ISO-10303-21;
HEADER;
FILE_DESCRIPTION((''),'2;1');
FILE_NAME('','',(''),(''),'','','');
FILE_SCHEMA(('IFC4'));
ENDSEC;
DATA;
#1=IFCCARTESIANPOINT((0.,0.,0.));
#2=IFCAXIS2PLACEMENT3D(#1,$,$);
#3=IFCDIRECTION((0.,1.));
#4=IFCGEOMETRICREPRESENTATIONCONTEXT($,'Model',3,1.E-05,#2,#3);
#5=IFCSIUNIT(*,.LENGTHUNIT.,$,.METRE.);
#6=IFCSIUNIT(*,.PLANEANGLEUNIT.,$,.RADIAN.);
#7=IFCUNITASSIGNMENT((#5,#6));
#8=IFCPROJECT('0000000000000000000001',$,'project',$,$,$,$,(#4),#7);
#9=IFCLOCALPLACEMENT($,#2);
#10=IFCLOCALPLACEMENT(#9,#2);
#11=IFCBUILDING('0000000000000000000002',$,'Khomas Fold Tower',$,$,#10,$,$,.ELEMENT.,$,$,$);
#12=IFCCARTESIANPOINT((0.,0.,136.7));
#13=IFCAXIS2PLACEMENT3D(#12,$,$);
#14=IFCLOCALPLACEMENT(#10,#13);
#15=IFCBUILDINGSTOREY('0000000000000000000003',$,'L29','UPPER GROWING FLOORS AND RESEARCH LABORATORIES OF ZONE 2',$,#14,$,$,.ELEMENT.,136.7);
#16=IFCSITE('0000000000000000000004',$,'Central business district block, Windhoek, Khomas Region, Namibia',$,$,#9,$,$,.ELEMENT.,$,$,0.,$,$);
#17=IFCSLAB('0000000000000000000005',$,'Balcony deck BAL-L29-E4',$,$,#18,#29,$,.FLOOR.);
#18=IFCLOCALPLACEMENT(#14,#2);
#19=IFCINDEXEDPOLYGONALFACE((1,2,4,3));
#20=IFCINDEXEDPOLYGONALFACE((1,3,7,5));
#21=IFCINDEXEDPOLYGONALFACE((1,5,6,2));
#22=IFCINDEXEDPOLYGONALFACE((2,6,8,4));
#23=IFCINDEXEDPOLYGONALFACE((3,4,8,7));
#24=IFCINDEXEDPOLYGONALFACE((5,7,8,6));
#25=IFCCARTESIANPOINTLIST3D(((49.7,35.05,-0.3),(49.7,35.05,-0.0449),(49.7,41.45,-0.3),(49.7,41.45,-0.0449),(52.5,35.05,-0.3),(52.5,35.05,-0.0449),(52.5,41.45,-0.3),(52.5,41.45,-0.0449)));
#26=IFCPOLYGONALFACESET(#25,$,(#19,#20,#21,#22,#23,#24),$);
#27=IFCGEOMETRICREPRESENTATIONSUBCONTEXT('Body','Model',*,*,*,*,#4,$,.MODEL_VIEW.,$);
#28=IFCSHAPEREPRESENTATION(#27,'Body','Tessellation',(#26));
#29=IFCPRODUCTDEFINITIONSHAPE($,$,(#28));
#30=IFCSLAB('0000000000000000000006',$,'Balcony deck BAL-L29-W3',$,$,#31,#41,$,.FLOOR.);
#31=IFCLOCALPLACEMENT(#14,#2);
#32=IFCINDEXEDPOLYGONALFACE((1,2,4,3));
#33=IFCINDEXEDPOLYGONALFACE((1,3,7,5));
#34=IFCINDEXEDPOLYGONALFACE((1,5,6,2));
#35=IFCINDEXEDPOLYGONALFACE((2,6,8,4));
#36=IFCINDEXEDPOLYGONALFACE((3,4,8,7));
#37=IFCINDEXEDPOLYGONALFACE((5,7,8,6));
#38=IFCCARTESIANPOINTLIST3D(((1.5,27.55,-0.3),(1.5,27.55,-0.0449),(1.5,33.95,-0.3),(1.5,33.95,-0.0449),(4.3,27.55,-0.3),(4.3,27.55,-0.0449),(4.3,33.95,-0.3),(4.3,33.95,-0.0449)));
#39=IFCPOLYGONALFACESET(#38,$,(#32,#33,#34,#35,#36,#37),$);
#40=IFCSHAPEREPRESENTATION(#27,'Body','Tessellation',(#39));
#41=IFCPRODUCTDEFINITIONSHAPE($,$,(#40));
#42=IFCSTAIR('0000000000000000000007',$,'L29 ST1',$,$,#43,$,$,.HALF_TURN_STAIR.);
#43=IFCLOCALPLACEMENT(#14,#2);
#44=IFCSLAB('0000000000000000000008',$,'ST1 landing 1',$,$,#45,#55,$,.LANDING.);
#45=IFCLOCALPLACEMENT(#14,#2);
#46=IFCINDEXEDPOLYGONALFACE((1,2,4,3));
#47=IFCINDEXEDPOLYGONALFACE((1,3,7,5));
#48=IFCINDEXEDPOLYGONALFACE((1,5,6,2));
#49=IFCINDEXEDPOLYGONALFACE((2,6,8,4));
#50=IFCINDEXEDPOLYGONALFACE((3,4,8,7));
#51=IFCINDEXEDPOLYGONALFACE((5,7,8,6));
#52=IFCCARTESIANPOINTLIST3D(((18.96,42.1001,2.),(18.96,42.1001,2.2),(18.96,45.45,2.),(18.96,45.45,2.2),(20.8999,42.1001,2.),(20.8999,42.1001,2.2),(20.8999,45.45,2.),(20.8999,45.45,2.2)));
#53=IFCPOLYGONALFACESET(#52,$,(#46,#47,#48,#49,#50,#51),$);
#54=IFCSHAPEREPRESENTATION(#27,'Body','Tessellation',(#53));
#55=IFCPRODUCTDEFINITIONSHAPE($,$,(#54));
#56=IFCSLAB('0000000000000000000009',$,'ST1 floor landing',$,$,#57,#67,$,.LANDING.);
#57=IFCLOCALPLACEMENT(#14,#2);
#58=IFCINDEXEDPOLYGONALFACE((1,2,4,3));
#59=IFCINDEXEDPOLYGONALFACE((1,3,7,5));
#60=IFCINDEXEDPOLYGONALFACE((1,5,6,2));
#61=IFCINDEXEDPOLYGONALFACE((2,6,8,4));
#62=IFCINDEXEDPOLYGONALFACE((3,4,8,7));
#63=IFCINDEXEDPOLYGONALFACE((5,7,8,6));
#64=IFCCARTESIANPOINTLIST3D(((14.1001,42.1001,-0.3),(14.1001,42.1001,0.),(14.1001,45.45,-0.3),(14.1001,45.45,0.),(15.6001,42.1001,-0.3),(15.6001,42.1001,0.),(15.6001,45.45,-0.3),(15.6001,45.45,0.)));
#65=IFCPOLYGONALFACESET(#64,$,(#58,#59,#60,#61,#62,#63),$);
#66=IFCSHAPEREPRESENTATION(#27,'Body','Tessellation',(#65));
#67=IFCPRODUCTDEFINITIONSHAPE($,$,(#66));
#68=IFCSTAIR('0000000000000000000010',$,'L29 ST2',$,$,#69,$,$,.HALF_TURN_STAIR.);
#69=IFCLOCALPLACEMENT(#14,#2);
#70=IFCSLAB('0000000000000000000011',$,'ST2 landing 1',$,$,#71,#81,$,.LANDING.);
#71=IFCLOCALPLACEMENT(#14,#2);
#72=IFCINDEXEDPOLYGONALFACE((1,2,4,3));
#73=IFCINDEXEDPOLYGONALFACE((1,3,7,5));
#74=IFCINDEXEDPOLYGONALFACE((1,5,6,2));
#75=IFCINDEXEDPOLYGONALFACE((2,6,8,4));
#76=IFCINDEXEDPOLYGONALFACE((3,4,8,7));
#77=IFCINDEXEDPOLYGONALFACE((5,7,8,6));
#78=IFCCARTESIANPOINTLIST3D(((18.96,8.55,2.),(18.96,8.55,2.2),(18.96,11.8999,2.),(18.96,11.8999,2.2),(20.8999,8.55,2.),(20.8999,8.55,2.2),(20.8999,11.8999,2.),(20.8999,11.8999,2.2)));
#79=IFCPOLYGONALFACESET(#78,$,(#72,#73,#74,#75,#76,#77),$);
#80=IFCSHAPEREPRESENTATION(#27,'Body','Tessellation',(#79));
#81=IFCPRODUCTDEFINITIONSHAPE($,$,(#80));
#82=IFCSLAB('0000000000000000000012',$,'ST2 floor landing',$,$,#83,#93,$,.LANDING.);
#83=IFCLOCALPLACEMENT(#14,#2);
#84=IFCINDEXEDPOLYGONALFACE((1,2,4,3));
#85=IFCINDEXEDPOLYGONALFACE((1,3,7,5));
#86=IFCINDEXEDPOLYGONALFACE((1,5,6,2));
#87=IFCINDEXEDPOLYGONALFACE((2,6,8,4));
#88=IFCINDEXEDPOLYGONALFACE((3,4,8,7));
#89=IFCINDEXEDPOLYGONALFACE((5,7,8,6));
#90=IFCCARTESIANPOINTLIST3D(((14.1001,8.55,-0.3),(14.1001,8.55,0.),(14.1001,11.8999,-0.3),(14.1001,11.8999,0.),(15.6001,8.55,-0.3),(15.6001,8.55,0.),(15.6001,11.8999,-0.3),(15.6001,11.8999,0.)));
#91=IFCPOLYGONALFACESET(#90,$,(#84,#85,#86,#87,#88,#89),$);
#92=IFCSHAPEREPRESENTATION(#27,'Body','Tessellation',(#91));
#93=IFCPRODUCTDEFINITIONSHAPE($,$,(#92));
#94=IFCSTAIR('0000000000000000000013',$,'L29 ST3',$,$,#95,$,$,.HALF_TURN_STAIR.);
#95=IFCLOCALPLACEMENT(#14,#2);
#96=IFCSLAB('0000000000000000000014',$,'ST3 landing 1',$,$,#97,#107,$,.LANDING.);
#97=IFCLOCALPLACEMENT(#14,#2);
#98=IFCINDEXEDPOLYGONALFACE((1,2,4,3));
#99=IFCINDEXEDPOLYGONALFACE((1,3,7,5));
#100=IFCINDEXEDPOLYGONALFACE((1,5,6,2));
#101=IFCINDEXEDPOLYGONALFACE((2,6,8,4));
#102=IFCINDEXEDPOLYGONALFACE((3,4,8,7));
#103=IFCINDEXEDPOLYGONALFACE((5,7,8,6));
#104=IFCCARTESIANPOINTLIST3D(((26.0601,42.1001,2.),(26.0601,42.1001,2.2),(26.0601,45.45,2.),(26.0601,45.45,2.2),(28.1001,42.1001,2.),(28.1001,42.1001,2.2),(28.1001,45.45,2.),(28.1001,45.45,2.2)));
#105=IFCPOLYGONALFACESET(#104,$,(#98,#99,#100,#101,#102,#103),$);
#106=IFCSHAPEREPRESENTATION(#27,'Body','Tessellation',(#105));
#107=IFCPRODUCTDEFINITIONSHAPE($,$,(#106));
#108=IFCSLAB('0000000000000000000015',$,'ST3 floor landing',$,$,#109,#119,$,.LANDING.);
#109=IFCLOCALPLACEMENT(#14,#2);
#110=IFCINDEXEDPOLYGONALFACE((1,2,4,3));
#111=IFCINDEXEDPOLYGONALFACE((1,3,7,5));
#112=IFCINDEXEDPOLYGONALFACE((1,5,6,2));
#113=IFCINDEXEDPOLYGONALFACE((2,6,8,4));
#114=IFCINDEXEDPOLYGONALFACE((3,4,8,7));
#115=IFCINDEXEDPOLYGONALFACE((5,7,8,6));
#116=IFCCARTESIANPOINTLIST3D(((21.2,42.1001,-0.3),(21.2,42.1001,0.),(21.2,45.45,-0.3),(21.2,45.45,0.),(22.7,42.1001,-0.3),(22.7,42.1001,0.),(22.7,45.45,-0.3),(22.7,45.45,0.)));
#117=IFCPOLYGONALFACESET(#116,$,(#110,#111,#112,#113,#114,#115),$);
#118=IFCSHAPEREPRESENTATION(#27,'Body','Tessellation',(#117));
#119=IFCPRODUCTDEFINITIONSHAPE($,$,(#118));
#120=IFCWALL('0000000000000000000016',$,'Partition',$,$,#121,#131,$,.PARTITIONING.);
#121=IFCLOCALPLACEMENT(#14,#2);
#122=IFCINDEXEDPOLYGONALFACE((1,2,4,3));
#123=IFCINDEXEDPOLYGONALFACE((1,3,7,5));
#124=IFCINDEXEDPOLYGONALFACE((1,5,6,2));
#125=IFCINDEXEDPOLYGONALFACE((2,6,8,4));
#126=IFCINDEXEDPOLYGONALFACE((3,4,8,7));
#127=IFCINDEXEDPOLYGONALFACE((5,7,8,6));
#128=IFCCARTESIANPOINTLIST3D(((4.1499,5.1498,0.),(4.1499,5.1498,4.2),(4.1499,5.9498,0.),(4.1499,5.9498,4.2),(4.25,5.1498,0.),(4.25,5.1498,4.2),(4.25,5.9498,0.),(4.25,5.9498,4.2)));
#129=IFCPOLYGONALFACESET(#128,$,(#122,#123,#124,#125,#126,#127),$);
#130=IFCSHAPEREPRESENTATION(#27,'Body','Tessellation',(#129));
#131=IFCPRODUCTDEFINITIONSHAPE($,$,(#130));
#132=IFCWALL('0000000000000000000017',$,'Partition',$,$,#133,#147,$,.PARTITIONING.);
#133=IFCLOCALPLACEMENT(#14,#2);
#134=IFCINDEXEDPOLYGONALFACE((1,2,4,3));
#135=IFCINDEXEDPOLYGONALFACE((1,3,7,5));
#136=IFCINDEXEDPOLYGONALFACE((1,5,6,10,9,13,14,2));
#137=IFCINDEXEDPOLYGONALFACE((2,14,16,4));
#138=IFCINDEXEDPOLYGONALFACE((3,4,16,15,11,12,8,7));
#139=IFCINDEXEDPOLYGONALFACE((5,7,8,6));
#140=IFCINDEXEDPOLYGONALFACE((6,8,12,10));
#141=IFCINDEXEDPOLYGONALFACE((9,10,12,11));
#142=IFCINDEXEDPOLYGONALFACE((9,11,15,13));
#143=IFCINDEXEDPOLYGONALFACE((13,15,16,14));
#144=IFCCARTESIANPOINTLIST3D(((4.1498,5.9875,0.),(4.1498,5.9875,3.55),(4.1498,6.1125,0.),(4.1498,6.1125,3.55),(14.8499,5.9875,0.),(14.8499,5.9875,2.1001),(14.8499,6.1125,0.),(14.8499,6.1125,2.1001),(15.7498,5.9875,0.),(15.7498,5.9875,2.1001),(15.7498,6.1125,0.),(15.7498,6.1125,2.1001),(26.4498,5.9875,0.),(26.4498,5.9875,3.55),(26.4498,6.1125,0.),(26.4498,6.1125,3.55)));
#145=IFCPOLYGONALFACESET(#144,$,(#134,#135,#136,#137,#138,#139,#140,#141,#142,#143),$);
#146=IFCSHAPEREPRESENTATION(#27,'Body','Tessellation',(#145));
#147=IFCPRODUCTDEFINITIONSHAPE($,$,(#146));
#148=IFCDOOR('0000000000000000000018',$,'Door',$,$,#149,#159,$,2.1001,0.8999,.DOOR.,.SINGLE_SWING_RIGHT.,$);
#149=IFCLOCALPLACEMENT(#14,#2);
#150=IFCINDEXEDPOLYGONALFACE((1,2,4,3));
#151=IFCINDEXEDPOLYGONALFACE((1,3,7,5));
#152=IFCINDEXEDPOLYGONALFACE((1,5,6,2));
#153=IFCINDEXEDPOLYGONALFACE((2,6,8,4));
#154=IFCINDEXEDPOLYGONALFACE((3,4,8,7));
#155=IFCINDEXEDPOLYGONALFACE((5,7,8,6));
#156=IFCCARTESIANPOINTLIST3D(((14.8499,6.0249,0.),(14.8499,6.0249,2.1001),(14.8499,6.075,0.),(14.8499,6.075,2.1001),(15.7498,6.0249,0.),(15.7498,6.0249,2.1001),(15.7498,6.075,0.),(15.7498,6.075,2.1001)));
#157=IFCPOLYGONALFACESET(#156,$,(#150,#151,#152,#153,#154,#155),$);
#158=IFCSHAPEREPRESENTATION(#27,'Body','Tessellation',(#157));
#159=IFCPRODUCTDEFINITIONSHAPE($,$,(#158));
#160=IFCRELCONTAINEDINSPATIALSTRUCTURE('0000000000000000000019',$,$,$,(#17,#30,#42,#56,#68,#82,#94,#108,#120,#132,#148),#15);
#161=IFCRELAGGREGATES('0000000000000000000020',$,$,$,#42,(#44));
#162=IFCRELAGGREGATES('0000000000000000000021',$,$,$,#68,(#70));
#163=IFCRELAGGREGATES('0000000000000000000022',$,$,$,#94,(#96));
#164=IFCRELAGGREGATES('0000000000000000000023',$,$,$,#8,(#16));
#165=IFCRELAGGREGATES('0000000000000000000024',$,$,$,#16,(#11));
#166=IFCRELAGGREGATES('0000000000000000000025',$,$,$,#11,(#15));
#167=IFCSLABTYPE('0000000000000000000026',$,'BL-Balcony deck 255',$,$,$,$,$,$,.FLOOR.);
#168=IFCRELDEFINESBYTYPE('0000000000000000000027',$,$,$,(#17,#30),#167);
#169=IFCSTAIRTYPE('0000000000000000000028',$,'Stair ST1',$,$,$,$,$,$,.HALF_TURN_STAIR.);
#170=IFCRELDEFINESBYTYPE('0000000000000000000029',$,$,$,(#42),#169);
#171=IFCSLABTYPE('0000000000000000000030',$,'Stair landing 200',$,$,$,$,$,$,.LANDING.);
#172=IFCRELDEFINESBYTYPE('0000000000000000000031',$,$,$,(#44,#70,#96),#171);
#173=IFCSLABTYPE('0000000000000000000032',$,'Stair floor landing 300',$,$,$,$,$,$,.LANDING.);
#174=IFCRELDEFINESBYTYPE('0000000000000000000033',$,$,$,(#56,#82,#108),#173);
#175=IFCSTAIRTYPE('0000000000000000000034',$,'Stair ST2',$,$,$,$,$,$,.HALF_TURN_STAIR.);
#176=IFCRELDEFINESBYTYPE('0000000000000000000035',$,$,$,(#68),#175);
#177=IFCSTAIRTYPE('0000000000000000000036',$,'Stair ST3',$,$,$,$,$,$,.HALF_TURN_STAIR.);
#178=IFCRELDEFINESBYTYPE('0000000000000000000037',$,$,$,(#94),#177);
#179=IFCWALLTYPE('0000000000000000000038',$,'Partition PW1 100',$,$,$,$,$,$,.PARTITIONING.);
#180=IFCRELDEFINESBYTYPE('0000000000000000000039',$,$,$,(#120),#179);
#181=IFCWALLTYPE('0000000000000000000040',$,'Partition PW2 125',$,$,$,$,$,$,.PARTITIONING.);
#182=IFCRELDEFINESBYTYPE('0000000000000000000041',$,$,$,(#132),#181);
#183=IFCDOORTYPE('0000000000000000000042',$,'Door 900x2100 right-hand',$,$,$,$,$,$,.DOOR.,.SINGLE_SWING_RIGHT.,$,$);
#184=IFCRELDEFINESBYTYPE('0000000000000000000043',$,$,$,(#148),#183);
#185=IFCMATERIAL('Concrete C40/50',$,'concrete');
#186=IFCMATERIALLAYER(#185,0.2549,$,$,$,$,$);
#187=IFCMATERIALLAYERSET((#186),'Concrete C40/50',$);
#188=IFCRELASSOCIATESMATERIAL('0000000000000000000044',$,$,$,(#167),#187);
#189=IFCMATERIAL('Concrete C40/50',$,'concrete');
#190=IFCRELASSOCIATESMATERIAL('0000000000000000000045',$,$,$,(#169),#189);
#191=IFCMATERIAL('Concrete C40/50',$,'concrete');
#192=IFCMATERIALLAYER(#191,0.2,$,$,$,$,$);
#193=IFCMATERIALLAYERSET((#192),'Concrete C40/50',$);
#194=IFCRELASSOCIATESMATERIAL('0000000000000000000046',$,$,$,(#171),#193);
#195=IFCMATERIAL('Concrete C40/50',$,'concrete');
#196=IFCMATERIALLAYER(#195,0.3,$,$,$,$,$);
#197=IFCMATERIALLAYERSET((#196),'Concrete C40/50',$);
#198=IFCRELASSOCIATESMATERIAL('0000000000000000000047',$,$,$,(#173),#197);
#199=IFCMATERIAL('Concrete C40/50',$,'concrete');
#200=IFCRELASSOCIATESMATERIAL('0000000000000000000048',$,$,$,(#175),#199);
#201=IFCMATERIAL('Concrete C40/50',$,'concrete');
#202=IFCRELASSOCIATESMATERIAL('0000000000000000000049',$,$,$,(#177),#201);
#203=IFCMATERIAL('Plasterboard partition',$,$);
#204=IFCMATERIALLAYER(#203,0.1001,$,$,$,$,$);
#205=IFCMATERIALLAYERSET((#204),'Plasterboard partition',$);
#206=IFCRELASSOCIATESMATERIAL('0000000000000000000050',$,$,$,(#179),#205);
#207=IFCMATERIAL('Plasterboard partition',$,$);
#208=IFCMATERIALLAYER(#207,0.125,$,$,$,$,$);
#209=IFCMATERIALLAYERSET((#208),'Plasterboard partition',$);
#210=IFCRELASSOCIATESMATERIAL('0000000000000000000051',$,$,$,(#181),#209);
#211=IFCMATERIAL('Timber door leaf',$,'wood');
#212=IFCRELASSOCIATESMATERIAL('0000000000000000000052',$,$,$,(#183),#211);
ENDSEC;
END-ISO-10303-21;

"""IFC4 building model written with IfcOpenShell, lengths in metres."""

from ifc_helpers import new_model, si_unit, direction, frame, frame_2d, origin, place, context, subcontext, project, spatial, polyline, rectangle, outline, extrude, source, transform, mapped, material, layer, layer_set, type_object, element, fill, aggregate, save


model = new_model("IFC4")

# Units and contexts
model_context = context("Model", 3, precision=1e-05, world=origin(), true_north=direction((0.0, 1.0)))
body_context = subcontext(model_context, "Body", "Model", "MODEL_VIEW")
ifc_project = project(units=[si_unit("LENGTHUNIT", "METRE"), si_unit("PLANEANGLEUNIT", "RADIAN")], contexts=[model_context])

# Site, building, storey
site_placement = place(None, origin())
site = spatial("IfcSite", under=ifc_project, at=site_placement, Name="Central business district block, Windhoek, Khomas Region, Namibia", CompositionType="ELEMENT", RefElevation=0.0)
building_placement = place(site_placement, origin())
building = spatial("IfcBuilding", under=site, at=building_placement, Name="Khomas Fold Tower", CompositionType="ELEMENT")
storey_placement = place(building_placement, frame((0.0, 0.0, 136.7)))
storey = spatial("IfcBuildingStorey", under=building, at=storey_placement, Name="L29", Description="UPPER GROWING FLOORS AND RESEARCH LABORATORIES OF ZONE 2", CompositionType="ELEMENT", Elevation=136.7)

# Slabs
ifc_material_1 = material(Name="Concrete C40/50", Category="concrete")
ifc_layer_1 = layer(ifc_material_1, 0.2549)
ifc_layer_set_1 = layer_set([ifc_layer_1], Name="Concrete C40/50")
slab_type_1 = type_object("IfcSlabType", Name="BL-Balcony deck 255", PredefinedType="FLOOR", material=ifc_layer_set_1)
shared_shape_1 = source(origin(), body_context, "Body", "SweptSolid", [
    extrude(outline(polyline([(49.7, 35.05), (52.5, 35.05), (52.5, 41.45), (49.7, 41.45), (49.7, 35.05)])), origin(), (0.0, 0.0, 1.0), 0.2551),
])
slab_1_placement = place(storey_placement, frame((0.0, 0.0, -0.3)))
element("IfcSlab", 1, at=slab_1_placement, inside=storey, type_object=slab_type_1, Name="Balcony deck BAL-L29-E4", PredefinedType="FLOOR", context=body_context, shape_type="MappedRepresentation", body=[
    mapped(shared_shape_1, transform((0.0, 0.0, 0.0))),
])
shared_shape_2 = source(origin(), body_context, "Body", "SweptSolid", [
    extrude(outline(polyline([(1.5, 27.55), (4.3, 27.55), (4.3, 33.95), (1.5, 33.95), (1.5, 27.55)])), origin(), (0.0, 0.0, 1.0), 0.2551),
])
slab_2_placement = place(storey_placement, frame((0.0, 0.0, -0.3)))
element("IfcSlab", 2, at=slab_2_placement, inside=storey, type_object=slab_type_1, Name="Balcony deck BAL-L29-W3", PredefinedType="FLOOR", context=body_context, shape_type="MappedRepresentation", body=[
    mapped(shared_shape_2, transform((0.0, 0.0, 0.0))),
])

# Stair, slab
ifc_material_2 = material(Name="Concrete C40/50", Category="concrete")
stair_type_1 = type_object("IfcStairType", Name="Stair ST1", PredefinedType="HALF_TURN_STAIR", material=ifc_material_2)
stair_1_placement = place(storey_placement, origin())
stair_1 = element("IfcStair", 3, at=stair_1_placement, inside=storey, type_object=stair_type_1, Name="L29 ST1", PredefinedType="HALF_TURN_STAIR")
ifc_material_3 = material(Name="Concrete C40/50", Category="concrete")
ifc_layer_2 = layer(ifc_material_3, 0.2)
ifc_layer_set_2 = layer_set([ifc_layer_2], Name="Concrete C40/50")
slab_type_2 = type_object("IfcSlabType", Name="Stair landing 200", PredefinedType="LANDING", material=ifc_layer_set_2)
shared_shape_3 = source(origin(), body_context, "Body", "SweptSolid", [
    extrude(outline(polyline([(18.96, 42.1001), (20.8999, 42.1001), (20.8999, 45.45), (18.96, 45.45), (18.96, 42.1001)])), origin(), (0.0, 0.0, 1.0), 0.2),
])
slab_3_placement = place(storey_placement, frame((0.0, 0.0, 2.0)))
slab_3 = element("IfcSlab", 4, at=slab_3_placement, type_object=slab_type_2, Name="ST1 landing 1", PredefinedType="LANDING", context=body_context, shape_type="MappedRepresentation", body=[
    mapped(shared_shape_3, transform((0.0, 0.0, 0.0))),
])
aggregate(stair_1, [slab_3])

# Slab
ifc_material_4 = material(Name="Concrete C40/50", Category="concrete")
ifc_layer_3 = layer(ifc_material_4, 0.3)
ifc_layer_set_3 = layer_set([ifc_layer_3], Name="Concrete C40/50")
slab_type_3 = type_object("IfcSlabType", Name="Stair floor landing 300", PredefinedType="LANDING", material=ifc_layer_set_3)
shared_shape_4 = source(origin(), body_context, "Body", "SweptSolid", [
    extrude(outline(polyline([(15.6001, 42.1001), (14.1001, 42.1001), (14.1001, 45.45), (15.6001, 45.45), (15.6001, 42.1001)])), origin(), (0.0, 0.0, 1.0), 0.3),
])
slab_4_placement = place(storey_placement, frame((0.0, 0.0, -0.3)))
element("IfcSlab", 5, at=slab_4_placement, inside=storey, type_object=slab_type_3, Name="ST1 floor landing", PredefinedType="LANDING", context=body_context, shape_type="MappedRepresentation", body=[
    mapped(shared_shape_4, transform((0.0, 0.0, 0.0))),
])

# Stair, slab
ifc_material_5 = material(Name="Concrete C40/50", Category="concrete")
stair_type_2 = type_object("IfcStairType", Name="Stair ST2", PredefinedType="HALF_TURN_STAIR", material=ifc_material_5)
stair_2_placement = place(storey_placement, origin())
stair_2 = element("IfcStair", 6, at=stair_2_placement, inside=storey, type_object=stair_type_2, Name="L29 ST2", PredefinedType="HALF_TURN_STAIR")
shared_shape_5 = source(origin(), body_context, "Body", "SweptSolid", [
    extrude(outline(polyline([(18.96, 8.55), (20.8999, 8.55), (20.8999, 11.8999), (18.96, 11.8999), (18.96, 8.55)])), origin(), (0.0, 0.0, 1.0), 0.2),
])
slab_5_placement = place(storey_placement, frame((0.0, 0.0, 2.0)))
slab_5 = element("IfcSlab", 7, at=slab_5_placement, type_object=slab_type_2, Name="ST2 landing 1", PredefinedType="LANDING", context=body_context, shape_type="MappedRepresentation", body=[
    mapped(shared_shape_5, transform((0.0, 0.0, 0.0))),
])
aggregate(stair_2, [slab_5])

# Slab
shared_shape_6 = source(origin(), body_context, "Body", "SweptSolid", [
    extrude(outline(polyline([(15.6001, 8.55), (14.1001, 8.55), (14.1001, 11.8999), (15.6001, 11.8999), (15.6001, 8.55)])), origin(), (0.0, 0.0, 1.0), 0.3),
])
slab_6_placement = place(storey_placement, frame((0.0, 0.0, -0.3)))
element("IfcSlab", 8, at=slab_6_placement, inside=storey, type_object=slab_type_3, Name="ST2 floor landing", PredefinedType="LANDING", context=body_context, shape_type="MappedRepresentation", body=[
    mapped(shared_shape_6, transform((0.0, 0.0, 0.0))),
])

# Stair, slab
ifc_material_6 = material(Name="Concrete C40/50", Category="concrete")
stair_type_3 = type_object("IfcStairType", Name="Stair ST3", PredefinedType="HALF_TURN_STAIR", material=ifc_material_6)
stair_3_placement = place(storey_placement, origin())
stair_3 = element("IfcStair", 9, at=stair_3_placement, inside=storey, type_object=stair_type_3, Name="L29 ST3", PredefinedType="HALF_TURN_STAIR")
shared_shape_7 = source(origin(), body_context, "Body", "SweptSolid", [
    extrude(outline(polyline([(26.0601, 42.1001), (28.1001, 42.1001), (28.1001, 45.45), (26.0601, 45.45), (26.0601, 42.1001)])), origin(), (0.0, 0.0, 1.0), 0.2),
])
slab_7_placement = place(storey_placement, frame((0.0, 0.0, 2.0)))
slab_7 = element("IfcSlab", 10, at=slab_7_placement, type_object=slab_type_2, Name="ST3 landing 1", PredefinedType="LANDING", context=body_context, shape_type="MappedRepresentation", body=[
    mapped(shared_shape_7, transform((0.0, 0.0, 0.0))),
])
aggregate(stair_3, [slab_7])

# Slab
shared_shape_8 = source(origin(), body_context, "Body", "SweptSolid", [
    extrude(outline(polyline([(22.7, 42.1001), (21.2, 42.1001), (21.2, 45.45), (22.7, 45.45), (22.7, 42.1001)])), origin(), (0.0, 0.0, 1.0), 0.3),
])
slab_8_placement = place(storey_placement, frame((0.0, 0.0, -0.3)))
element("IfcSlab", 11, at=slab_8_placement, inside=storey, type_object=slab_type_3, Name="ST3 floor landing", PredefinedType="LANDING", context=body_context, shape_type="MappedRepresentation", body=[
    mapped(shared_shape_8, transform((0.0, 0.0, 0.0))),
])

# Wall
ifc_material_7 = material(Name="Plasterboard partition")
ifc_layer_4 = layer(ifc_material_7, 0.1001)
ifc_layer_set_4 = layer_set([ifc_layer_4], Name="Plasterboard partition")
wall_type_1 = type_object("IfcWallType", Name="Partition PW1 100", PredefinedType="PARTITIONING", material=ifc_layer_set_4)
shared_shape_9 = source(origin(), body_context, "Body", "SweptSolid", [
    extrude(rectangle(XDim=0.8, YDim=0.1001, at=frame_2d((0.3999, 0.0))), origin(), (0.0, 0.0, 1.0), 4.2),
])
wall_1_placement = place(storey_placement, frame((4.2, 5.1499, 0.0), z_axis=(0.0, 0.0, 1.0), x_axis=(0.0, 1.0, 0.0)))
element("IfcWall", 12, at=wall_1_placement, inside=storey, type_object=wall_type_1, Name="Partition", PredefinedType="PARTITIONING", context=body_context, shape_type="MappedRepresentation", body=[
    mapped(shared_shape_9, transform((0.0, 0.0, 0.0))),
])

# Wall, opening, door
ifc_material_8 = material(Name="Plasterboard partition")
ifc_layer_5 = layer(ifc_material_8, 0.125)
ifc_layer_set_5 = layer_set([ifc_layer_5], Name="Plasterboard partition")
wall_type_2 = type_object("IfcWallType", Name="Partition PW2 125", PredefinedType="PARTITIONING", material=ifc_layer_set_5)
shared_shape_10 = source(origin(), body_context, "Body", "SweptSolid", [
    extrude(rectangle(XDim=22.3, YDim=0.125, at=frame_2d((11.1499, 0.0))), origin(), (0.0, 0.0, 1.0), 3.55),
])
wall_2_placement = place(storey_placement, frame((4.1499, 6.05, 0.0), z_axis=(0.0, 0.0, 1.0), x_axis=(1.0, 0.0, 0.0)))
wall_2 = element("IfcWall", 13, at=wall_2_placement, inside=storey, type_object=wall_type_2, Name="Partition", PredefinedType="PARTITIONING", context=body_context, shape_type="MappedRepresentation", body=[
    mapped(shared_shape_10, transform((0.0, 0.0, 0.0))),
])
shared_shape_11 = source(origin(), body_context, "Body", "SweptSolid", [
    extrude(rectangle(XDim=0.8999, YDim=2.1001, at=frame_2d((0.45, 1.05))), frame((0.0, 0.0725, 0.0), z_axis=(0.0, -1.0, 0.0), x_axis=(1.0, 0.0, 0.0)), (0.0, 0.0, 1.0), 0.145),
])
opening_1_placement = place(wall_2_placement, frame((10.7, 0.0, 0.0)))
opening_1 = element("IfcOpeningElement", 14, at=opening_1_placement, cuts=wall_2, PredefinedType="OPENING", context=body_context, shape_type="MappedRepresentation", body=[
    mapped(shared_shape_11, transform((0.0, 0.0, 0.0))),
])
ifc_material_9 = material(Name="Timber door leaf", Category="wood")
door_type = type_object("IfcDoorType", Name="Door 900x2100 right-hand", OperationType="SINGLE_SWING_RIGHT", PredefinedType="DOOR", material=ifc_material_9)
shared_shape_12 = source(origin(), body_context, "Body", "SweptSolid", [
    extrude(rectangle(XDim=0.8999, YDim=2.1001, at=frame_2d((0.45, 1.05))), frame((0.0, 0.0249, 0.0), z_axis=(0.0, -1.0, 0.0), x_axis=(1.0, 0.0, 0.0)), (0.0, 0.0, 1.0), 0.05),
])
door_1_placement = place(opening_1_placement, origin())
door_1 = element("IfcDoor", 15, at=door_1_placement, inside=storey, type_object=door_type, Name="Door", OperationType="SINGLE_SWING_RIGHT", OverallHeight=2.1001, OverallWidth=0.8999, PredefinedType="DOOR", context=body_context, shape_type="MappedRepresentation", body=[
    mapped(shared_shape_12, transform((0.0, 0.0, 0.0))),
])
fill(opening_1, door_1)

save(model, "model.ifc")
